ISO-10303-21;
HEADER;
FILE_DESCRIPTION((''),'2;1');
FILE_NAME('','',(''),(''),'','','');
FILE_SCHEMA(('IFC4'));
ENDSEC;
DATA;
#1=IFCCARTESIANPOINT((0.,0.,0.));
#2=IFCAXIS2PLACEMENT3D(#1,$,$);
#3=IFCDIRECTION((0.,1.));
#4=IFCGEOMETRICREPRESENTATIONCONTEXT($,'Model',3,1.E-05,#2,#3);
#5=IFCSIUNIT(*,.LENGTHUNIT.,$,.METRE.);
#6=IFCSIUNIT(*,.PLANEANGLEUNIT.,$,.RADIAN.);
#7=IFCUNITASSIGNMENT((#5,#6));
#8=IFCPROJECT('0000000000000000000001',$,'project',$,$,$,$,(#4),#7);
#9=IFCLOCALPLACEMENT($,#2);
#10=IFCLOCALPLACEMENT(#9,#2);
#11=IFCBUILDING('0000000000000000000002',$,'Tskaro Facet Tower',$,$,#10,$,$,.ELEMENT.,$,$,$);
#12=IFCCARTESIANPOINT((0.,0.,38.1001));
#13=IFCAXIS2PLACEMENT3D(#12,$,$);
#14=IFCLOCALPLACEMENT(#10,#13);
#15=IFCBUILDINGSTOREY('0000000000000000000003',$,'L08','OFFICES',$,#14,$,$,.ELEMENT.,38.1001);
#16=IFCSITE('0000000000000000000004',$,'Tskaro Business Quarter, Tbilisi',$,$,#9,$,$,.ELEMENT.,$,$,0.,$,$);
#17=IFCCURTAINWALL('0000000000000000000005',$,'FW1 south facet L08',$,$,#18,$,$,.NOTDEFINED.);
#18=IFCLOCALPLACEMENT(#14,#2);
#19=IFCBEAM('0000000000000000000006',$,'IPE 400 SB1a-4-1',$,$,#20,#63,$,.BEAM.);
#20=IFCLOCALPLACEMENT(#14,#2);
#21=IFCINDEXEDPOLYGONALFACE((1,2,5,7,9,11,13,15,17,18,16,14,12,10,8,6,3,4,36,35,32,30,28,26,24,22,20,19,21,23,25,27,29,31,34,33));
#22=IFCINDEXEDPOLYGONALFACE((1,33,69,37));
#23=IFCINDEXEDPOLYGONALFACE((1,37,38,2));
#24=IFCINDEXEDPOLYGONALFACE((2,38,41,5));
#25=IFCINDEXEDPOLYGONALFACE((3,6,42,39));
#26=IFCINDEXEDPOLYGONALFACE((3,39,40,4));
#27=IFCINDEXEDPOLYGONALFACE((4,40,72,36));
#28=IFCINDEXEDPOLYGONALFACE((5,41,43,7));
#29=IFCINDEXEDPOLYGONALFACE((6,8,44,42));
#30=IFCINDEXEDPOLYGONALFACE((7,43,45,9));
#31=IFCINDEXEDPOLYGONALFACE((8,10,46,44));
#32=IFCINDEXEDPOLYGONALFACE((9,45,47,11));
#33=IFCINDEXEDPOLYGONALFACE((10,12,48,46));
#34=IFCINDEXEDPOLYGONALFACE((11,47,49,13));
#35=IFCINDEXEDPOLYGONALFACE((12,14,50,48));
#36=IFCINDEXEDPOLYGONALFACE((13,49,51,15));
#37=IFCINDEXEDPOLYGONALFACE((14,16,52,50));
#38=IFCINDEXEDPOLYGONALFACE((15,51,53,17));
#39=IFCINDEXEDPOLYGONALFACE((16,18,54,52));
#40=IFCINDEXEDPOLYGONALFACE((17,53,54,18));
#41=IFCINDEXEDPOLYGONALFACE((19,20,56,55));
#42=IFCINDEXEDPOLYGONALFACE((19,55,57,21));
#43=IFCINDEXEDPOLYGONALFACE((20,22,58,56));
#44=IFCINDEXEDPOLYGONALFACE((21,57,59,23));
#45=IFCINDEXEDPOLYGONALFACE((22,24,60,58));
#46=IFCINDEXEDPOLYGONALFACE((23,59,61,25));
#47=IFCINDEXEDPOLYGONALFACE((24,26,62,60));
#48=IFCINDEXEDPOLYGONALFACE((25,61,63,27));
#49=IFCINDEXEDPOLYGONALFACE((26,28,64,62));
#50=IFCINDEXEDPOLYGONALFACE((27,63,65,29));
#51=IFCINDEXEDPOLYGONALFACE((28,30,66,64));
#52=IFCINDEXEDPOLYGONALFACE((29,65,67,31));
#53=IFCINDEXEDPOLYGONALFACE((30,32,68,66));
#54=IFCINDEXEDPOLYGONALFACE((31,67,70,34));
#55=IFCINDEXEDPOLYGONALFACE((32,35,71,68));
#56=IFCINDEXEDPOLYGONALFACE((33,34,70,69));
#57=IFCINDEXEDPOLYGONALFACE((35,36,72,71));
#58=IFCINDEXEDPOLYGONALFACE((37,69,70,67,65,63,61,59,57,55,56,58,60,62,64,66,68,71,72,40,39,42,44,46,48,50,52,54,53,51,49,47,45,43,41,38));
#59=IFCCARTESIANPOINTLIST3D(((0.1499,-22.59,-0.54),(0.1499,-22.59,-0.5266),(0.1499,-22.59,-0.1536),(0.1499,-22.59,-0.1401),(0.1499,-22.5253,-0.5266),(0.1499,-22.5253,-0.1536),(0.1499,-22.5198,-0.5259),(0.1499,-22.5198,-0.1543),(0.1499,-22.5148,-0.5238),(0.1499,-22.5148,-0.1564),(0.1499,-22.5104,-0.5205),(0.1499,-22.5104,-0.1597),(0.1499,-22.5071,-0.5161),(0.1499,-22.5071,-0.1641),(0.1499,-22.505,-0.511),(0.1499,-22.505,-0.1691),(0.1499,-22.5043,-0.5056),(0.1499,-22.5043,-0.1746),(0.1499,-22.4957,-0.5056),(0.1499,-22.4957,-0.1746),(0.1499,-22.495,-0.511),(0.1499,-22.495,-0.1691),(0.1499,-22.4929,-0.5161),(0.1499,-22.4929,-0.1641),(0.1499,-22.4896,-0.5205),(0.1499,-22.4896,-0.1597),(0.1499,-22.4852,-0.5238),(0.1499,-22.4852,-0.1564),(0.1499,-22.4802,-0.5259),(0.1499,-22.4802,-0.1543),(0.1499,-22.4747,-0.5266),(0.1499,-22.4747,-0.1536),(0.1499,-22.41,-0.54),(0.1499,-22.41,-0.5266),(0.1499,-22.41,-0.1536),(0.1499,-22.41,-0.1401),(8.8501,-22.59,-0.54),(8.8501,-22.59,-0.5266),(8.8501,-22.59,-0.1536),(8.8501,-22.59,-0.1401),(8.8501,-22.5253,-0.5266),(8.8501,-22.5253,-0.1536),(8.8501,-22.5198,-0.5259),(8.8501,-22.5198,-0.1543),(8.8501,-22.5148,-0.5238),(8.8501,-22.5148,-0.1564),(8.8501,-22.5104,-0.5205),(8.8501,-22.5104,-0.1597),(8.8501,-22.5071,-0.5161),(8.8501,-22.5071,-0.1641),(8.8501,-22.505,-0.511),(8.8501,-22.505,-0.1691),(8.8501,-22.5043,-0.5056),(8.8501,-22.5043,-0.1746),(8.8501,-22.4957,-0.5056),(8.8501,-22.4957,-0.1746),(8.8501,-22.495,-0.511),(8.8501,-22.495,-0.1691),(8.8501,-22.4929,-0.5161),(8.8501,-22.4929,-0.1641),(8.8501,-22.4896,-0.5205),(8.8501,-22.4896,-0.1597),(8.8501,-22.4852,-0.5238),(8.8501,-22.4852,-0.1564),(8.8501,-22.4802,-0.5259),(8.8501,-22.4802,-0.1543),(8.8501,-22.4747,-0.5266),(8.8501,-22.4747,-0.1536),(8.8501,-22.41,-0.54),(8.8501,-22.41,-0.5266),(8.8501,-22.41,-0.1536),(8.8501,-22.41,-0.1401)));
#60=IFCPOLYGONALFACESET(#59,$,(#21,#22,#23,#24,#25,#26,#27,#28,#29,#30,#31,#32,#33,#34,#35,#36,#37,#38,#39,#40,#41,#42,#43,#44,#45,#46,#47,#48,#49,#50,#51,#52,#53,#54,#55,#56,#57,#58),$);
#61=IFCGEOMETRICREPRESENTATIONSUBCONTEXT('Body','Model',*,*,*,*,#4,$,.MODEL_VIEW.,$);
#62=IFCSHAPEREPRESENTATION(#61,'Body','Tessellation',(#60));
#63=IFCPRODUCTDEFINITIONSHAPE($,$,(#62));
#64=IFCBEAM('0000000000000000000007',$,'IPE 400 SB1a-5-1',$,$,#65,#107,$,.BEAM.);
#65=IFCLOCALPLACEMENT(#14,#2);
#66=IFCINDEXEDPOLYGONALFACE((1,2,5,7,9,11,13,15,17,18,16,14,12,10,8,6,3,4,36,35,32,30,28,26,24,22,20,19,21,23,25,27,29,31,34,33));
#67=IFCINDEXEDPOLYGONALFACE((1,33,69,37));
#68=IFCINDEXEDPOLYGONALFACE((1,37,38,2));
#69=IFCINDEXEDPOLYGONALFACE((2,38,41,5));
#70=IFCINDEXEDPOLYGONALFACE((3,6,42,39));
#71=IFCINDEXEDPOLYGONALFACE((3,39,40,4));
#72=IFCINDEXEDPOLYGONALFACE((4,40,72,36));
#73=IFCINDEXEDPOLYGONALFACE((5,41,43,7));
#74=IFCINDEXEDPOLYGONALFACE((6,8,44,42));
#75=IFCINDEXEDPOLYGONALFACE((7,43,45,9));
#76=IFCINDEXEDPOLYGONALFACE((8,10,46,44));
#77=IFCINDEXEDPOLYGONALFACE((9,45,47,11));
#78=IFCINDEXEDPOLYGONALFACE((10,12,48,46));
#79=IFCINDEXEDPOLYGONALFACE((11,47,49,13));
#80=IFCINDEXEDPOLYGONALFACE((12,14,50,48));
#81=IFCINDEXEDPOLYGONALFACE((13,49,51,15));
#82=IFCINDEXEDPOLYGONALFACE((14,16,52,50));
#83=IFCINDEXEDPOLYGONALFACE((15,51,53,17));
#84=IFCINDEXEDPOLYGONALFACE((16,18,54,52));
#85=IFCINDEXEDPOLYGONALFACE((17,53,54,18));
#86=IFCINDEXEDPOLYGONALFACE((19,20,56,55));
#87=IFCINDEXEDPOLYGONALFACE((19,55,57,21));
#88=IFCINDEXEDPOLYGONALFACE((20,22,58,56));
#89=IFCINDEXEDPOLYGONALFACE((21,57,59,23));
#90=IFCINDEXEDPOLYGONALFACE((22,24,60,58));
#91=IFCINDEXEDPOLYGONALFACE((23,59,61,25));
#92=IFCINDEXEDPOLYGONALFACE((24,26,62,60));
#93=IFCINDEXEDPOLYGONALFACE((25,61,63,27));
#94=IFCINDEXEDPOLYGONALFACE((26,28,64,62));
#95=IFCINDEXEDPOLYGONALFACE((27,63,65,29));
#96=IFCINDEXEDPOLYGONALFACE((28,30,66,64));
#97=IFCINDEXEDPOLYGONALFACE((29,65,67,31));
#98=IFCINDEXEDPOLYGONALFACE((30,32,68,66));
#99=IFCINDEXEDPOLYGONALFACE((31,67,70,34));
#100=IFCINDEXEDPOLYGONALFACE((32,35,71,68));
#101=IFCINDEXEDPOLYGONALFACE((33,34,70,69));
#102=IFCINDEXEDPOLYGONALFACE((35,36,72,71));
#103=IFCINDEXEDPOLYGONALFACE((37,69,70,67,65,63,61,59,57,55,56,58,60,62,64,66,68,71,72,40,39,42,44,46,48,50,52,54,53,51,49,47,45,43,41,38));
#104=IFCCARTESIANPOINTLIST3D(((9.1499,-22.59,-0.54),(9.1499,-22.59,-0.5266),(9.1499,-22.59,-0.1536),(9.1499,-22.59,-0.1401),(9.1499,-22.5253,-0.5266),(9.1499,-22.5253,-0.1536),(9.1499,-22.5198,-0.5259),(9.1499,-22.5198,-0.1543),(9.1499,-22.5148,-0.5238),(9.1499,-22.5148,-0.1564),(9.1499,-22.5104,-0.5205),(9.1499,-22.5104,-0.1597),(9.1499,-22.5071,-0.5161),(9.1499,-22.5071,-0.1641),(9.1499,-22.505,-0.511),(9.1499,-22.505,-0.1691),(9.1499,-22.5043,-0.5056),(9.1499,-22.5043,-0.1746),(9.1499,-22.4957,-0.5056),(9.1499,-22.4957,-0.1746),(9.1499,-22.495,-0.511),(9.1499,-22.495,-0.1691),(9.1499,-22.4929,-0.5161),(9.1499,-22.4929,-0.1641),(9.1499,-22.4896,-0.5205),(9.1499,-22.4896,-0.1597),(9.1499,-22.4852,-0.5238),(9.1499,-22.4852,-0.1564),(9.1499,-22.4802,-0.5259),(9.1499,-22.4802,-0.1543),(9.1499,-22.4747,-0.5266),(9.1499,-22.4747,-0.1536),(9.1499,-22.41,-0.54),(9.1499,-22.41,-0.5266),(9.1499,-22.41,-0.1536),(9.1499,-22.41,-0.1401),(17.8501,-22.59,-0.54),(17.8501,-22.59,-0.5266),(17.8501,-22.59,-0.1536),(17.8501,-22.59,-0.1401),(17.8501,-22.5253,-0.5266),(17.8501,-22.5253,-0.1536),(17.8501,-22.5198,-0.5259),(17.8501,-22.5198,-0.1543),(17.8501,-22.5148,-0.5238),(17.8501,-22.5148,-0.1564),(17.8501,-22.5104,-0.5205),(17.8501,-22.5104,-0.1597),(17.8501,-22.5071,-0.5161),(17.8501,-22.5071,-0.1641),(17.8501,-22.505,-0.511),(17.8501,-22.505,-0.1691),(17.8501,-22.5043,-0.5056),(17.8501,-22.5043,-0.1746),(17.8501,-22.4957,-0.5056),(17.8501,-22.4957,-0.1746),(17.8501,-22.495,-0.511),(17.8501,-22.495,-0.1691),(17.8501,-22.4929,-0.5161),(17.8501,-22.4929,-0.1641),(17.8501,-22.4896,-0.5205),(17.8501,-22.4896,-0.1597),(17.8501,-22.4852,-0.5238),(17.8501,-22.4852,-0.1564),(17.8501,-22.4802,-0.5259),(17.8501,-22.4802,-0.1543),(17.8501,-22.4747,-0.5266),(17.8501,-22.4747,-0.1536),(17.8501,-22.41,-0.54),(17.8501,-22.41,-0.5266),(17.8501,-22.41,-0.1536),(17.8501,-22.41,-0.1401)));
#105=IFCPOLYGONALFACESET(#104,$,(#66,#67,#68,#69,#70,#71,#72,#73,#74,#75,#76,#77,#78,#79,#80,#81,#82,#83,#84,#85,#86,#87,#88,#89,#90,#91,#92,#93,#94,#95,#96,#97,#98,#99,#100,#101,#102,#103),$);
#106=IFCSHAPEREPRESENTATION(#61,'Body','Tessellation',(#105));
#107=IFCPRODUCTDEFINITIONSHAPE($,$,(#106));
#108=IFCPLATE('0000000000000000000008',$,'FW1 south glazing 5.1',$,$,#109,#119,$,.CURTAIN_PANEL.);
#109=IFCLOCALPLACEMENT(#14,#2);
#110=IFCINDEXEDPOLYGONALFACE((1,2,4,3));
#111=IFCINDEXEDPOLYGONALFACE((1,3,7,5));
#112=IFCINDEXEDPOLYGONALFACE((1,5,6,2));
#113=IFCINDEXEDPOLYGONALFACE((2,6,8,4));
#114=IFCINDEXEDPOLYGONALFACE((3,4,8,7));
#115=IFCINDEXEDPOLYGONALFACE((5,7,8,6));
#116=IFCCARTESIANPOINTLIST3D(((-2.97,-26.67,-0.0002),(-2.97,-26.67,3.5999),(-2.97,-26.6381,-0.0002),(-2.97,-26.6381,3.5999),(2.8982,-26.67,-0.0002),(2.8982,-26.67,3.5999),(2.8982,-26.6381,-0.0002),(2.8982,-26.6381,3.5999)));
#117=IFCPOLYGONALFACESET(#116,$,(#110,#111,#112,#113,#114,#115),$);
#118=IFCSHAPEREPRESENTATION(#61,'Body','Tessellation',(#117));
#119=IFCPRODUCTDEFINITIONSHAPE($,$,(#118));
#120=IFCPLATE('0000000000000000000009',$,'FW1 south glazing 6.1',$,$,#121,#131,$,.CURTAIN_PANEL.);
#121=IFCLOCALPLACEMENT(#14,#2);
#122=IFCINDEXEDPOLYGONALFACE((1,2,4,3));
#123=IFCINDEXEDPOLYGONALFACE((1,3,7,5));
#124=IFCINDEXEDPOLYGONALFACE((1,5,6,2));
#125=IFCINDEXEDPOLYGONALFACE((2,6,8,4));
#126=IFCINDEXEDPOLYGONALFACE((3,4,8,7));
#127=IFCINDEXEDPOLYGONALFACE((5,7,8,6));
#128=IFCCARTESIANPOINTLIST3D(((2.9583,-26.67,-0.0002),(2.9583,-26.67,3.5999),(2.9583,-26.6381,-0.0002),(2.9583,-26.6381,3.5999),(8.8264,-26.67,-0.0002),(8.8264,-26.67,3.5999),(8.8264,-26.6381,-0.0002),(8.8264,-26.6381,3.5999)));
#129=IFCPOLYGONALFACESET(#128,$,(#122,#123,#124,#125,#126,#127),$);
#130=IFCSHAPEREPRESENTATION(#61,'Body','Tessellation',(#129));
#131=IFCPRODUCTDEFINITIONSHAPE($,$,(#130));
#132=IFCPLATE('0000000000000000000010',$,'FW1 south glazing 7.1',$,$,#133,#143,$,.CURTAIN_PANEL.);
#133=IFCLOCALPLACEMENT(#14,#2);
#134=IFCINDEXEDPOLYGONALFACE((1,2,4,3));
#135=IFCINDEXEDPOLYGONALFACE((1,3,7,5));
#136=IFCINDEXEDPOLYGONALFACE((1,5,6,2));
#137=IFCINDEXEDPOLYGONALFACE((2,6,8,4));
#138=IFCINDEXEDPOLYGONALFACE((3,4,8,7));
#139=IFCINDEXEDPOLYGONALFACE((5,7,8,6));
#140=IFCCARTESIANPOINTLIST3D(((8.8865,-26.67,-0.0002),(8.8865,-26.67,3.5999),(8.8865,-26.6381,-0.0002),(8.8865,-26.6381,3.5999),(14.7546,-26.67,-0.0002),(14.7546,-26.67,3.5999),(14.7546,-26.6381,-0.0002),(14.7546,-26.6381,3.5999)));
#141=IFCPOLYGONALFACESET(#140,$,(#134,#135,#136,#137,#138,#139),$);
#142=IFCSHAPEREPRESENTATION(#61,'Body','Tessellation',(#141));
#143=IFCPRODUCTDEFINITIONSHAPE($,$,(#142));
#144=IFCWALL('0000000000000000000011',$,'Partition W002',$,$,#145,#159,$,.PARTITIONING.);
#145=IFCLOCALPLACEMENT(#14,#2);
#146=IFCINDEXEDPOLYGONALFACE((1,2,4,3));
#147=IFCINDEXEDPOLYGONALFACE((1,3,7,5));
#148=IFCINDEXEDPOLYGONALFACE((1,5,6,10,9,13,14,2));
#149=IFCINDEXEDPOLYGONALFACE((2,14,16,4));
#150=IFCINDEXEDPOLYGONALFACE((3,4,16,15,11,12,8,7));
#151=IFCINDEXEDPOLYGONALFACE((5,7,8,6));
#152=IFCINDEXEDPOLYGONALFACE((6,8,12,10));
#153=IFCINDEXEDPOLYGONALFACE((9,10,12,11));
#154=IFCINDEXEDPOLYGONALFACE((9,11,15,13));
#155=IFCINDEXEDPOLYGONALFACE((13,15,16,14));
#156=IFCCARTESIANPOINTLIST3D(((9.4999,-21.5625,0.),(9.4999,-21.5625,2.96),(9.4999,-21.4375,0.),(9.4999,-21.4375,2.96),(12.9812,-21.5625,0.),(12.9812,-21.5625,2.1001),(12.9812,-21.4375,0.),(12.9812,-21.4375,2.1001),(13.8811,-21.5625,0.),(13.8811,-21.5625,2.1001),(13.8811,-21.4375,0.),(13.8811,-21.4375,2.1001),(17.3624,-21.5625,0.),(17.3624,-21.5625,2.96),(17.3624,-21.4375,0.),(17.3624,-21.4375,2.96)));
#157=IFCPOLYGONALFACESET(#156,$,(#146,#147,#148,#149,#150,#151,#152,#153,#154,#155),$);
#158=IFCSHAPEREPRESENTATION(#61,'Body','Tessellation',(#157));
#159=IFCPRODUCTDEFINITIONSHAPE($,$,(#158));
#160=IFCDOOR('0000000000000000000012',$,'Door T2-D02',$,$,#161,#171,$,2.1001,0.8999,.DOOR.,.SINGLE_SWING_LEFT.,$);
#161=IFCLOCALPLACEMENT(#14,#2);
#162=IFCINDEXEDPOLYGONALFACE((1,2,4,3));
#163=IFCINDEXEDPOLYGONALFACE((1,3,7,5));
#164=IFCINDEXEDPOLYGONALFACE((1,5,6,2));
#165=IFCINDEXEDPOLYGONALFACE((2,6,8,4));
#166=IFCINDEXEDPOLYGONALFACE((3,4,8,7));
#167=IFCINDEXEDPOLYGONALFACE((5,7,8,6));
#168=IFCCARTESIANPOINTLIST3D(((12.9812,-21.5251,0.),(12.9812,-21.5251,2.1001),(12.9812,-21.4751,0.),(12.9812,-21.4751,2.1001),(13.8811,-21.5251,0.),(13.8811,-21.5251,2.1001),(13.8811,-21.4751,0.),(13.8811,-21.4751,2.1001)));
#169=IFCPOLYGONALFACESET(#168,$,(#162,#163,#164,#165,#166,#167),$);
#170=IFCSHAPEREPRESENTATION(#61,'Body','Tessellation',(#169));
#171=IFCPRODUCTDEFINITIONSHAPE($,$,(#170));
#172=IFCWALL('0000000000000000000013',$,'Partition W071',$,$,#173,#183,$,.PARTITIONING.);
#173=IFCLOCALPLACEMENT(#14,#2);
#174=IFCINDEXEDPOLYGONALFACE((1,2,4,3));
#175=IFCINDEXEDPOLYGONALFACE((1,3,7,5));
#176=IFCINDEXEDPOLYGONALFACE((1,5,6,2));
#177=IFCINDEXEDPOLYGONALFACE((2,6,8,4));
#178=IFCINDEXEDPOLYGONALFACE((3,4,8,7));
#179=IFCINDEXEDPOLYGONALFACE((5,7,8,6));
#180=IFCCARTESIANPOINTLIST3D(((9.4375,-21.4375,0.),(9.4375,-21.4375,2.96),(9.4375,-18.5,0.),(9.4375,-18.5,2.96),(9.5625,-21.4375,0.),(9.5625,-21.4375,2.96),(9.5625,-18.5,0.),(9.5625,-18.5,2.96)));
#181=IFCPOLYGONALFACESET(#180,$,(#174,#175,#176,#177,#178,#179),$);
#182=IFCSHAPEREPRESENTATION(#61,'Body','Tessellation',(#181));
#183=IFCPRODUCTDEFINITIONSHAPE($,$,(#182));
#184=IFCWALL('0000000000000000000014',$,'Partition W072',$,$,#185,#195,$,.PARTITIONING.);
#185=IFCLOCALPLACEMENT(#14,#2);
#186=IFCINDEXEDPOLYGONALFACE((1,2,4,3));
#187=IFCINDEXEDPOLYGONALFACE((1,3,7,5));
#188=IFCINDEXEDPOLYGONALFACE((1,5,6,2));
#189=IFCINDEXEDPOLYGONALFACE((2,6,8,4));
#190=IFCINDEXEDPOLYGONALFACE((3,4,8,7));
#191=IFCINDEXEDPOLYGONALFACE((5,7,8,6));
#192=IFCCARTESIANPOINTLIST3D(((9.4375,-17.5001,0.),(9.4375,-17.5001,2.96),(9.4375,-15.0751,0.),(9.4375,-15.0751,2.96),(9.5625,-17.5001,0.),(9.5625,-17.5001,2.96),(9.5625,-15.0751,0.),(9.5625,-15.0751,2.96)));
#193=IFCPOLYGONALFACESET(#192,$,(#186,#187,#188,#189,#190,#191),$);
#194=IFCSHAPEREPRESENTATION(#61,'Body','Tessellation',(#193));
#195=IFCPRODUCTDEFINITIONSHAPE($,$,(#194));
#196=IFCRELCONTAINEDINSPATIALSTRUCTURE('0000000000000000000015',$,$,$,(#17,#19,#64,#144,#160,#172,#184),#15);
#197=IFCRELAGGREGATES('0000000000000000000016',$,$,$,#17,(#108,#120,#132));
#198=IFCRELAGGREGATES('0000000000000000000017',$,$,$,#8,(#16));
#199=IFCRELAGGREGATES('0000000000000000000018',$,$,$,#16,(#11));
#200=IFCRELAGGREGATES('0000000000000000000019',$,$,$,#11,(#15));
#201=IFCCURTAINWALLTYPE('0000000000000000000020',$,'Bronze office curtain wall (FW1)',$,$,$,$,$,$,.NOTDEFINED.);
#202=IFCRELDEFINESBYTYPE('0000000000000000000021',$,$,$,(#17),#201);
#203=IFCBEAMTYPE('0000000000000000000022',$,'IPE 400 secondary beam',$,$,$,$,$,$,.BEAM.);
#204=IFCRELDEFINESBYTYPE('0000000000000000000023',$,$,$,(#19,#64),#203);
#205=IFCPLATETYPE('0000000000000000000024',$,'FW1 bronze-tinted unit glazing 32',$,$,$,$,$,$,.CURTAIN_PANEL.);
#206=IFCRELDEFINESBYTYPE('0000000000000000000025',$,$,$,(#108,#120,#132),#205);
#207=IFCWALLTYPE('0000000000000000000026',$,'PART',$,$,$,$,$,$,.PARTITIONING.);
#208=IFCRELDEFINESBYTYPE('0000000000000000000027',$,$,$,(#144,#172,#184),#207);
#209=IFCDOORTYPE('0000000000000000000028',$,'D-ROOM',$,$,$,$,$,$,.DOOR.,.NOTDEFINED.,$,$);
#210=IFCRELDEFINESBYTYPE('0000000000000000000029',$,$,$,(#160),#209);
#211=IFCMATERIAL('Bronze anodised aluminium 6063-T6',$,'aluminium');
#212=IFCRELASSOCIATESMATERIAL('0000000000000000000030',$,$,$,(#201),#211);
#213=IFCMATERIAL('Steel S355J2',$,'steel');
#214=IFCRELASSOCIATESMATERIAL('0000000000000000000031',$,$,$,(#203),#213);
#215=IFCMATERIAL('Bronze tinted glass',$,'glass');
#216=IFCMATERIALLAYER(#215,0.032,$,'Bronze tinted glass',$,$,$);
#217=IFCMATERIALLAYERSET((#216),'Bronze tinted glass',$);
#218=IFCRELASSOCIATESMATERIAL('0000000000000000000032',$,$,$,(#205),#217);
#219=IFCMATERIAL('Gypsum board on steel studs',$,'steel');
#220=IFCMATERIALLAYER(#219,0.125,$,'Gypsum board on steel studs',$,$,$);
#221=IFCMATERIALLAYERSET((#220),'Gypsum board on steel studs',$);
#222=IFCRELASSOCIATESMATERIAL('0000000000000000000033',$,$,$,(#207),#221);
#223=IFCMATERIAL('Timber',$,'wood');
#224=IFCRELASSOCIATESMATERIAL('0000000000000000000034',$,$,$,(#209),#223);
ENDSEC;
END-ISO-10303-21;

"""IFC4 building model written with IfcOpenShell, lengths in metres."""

from ifc_helpers import new_model, si_unit, direction, frame, frame_2d, origin, origin_2d, place, context, subcontext, project, spatial, rectangle, i_section, extrude, material, layer, layer_set, material_profile, profile_set, type_object, element, fill, aggregate, save


model = new_model("IFC4")

# Units and contexts
model_context = context("Model", 3, precision=1e-05, world=origin(), true_north=direction((0.0, 1.0)))
body_context = subcontext(model_context, "Body", "Model", "MODEL_VIEW")
ifc_project = project(units=[si_unit("LENGTHUNIT", "METRE"), si_unit("PLANEANGLEUNIT", "RADIAN")], contexts=[model_context])

# Site, building, storey
site_placement = place(None, origin())
site = spatial("IfcSite", under=ifc_project, at=site_placement, Name="Tskaro Business Quarter, Tbilisi", CompositionType="ELEMENT", RefElevation=0.0)
building_placement = place(site_placement, origin())
building = spatial("IfcBuilding", under=site, at=building_placement, Name="Tskaro Facet Tower", CompositionType="ELEMENT")
storey_placement = place(building_placement, frame((0.0, 0.0, 38.1001)))
storey = spatial("IfcBuildingStorey", under=building, at=storey_placement, Name="L08", Description="OFFICES", CompositionType="ELEMENT", Elevation=38.1001)

# Curtain wall
ifc_material_1 = material(Name="Bronze anodised aluminium 6063-T6", Category="aluminium")
curtain_wall_type = type_object("IfcCurtainWallType", Name="Bronze office curtain wall (FW1)", PredefinedType="NOTDEFINED", material=ifc_material_1)
curtain_wall_placement = place(storey_placement, origin())
curtain_wall = element("IfcCurtainWall", 1, at=curtain_wall_placement, inside=storey, type_object=curtain_wall_type, Name="FW1 south facet L08", PredefinedType="NOTDEFINED")

# Beams
ifc_material_2 = material(Name="Steel S355J2", Category="steel")
ifc_material_profile_1 = material_profile(ifc_material_2, i_section(OverallWidth=0.1799, OverallDepth=0.3999, WebThickness=0.0085, FlangeThickness=0.0134, FilletRadius=0.021, at=origin_2d()), Name="IPE 400")
ifc_profile_set_1 = profile_set([ifc_material_profile_1], Name="Steel S355J2")
beam_type_1 = type_object("IfcBeamType", Name="IPE 400 secondary beam", PredefinedType="BEAM", material=ifc_profile_set_1)
for number, where, z_axis, x_axis, name in (
    (2, (0.1499, -22.5, -0.3401), (1.0, 0.0, 0.0), (0.0, 1.0, 0.0), "IPE 400 SB1a-4-1"),
    (3, (9.1499, -22.5, -0.3401), (1.0, 0.0, 0.0), (0.0, 1.0, 0.0), "IPE 400 SB1a-5-1"),
):
    element("IfcBeam", number, at=place(storey_placement, frame(where, z_axis=z_axis, x_axis=x_axis)), inside=storey, type_object=beam_type_1, Name=name, PredefinedType="BEAM", context=body_context, shape_type="SweptSolid", body=[
        extrude(i_section(OverallWidth=0.1799, OverallDepth=0.3999, WebThickness=0.0085, FlangeThickness=0.0134, FilletRadius=0.021, at=origin_2d()), origin(), (0.0, 0.0, 1.0), 8.7002),
    ])

# Plates
ifc_material_3 = material(Name="Bronze tinted glass", Category="glass")
ifc_layer_1 = layer(ifc_material_3, 0.032, Name="Bronze tinted glass")
ifc_layer_set_1 = layer_set([ifc_layer_1], Name="Bronze tinted glass")
plate_type = type_object("IfcPlateType", Name="FW1 bronze-tinted unit glazing 32", PredefinedType="CURTAIN_PANEL", material=ifc_layer_set_1)
plate_1_placement = place(storey_placement, frame((-0.0359, -26.6541, -0.0002), z_axis=(0.0, 0.0, 1.0), x_axis=(1.0, 0.0, 0.0)))
plate_1 = element("IfcPlate", 4, at=plate_1_placement, type_object=plate_type, Name="FW1 south glazing 5.1", PredefinedType="CURTAIN_PANEL", context=body_context, shape_type="SweptSolid", body=[
    extrude(rectangle(XDim=5.8682, YDim=0.032, at=origin_2d()), origin(), (0.0, 0.0, 1.0), 3.6001),
])
plate_2_placement = place(storey_placement, frame((5.8923, -26.6541, -0.0002), z_axis=(0.0, 0.0, 1.0), x_axis=(1.0, 0.0, 0.0)))
plate_2 = element("IfcPlate", 5, at=plate_2_placement, type_object=plate_type, Name="FW1 south glazing 6.1", PredefinedType="CURTAIN_PANEL", context=body_context, shape_type="SweptSolid", body=[
    extrude(rectangle(XDim=5.8682, YDim=0.032, at=origin_2d()), origin(), (0.0, 0.0, 1.0), 3.6001),
])
plate_3_placement = place(storey_placement, frame((11.8206, -26.6541, -0.0002), z_axis=(0.0, 0.0, 1.0), x_axis=(1.0, 0.0, 0.0)))
plate_3 = element("IfcPlate", 6, at=plate_3_placement, type_object=plate_type, Name="FW1 south glazing 7.1", PredefinedType="CURTAIN_PANEL", context=body_context, shape_type="SweptSolid", body=[
    extrude(rectangle(XDim=5.8682, YDim=0.032, at=origin_2d()), origin(), (0.0, 0.0, 1.0), 3.6001),
])
aggregate(curtain_wall, [plate_1, plate_2, plate_3])

# Wall, opening, door
ifc_material_4 = material(Name="Gypsum board on steel studs", Category="steel")
ifc_layer_2 = layer(ifc_material_4, 0.125, Name="Gypsum board on steel studs")
ifc_layer_set_2 = layer_set([ifc_layer_2], Name="Gypsum board on steel studs")
wall_type = type_object("IfcWallType", Name="PART", PredefinedType="PARTITIONING", material=ifc_layer_set_2)
wall_1_placement = place(storey_placement, frame((9.5, -21.5, 0.0), z_axis=(0.0, 0.0, 1.0), x_axis=(1.0, 0.0, 0.0)))
wall_1 = element("IfcWall", 7, at=wall_1_placement, inside=storey, type_object=wall_type, Name="Partition W002", PredefinedType="PARTITIONING", context=body_context, shape_type="SweptSolid", body=[
    extrude(rectangle(XDim=7.8625, YDim=0.125, at=frame_2d((3.9312, 0.0))), origin(), (0.0, 0.0, 1.0), 2.96),
])
opening_placement = place(wall_1_placement, frame((3.4812, 0.0, 0.0)))
opening = element("IfcOpeningElement", 8, at=opening_placement, cuts=wall_1, PredefinedType="OPENING", context=body_context, shape_type="SweptSolid", body=[
    extrude(rectangle(XDim=0.8999, YDim=2.1001, at=frame_2d((0.45, 1.05))), frame((0.0, 0.0725, 0.0), z_axis=(0.0, -1.0, 0.0), x_axis=(1.0, 0.0, 0.0)), (0.0, 0.0, 1.0), 0.145),
])
ifc_material_5 = material(Name="Timber", Category="wood")
door_type = type_object("IfcDoorType", Name="D-ROOM", OperationType="NOTDEFINED", PredefinedType="DOOR", material=ifc_material_5)
door_placement = place(opening_placement, origin())
door = element("IfcDoor", 9, at=door_placement, inside=storey, type_object=door_type, Name="Door T2-D02", OperationType="SINGLE_SWING_LEFT", OverallHeight=2.1001, OverallWidth=0.8999, PredefinedType="DOOR", context=body_context, shape_type="SweptSolid", body=[
    extrude(rectangle(XDim=0.8999, YDim=2.1001, at=frame_2d((0.45, 1.05))), frame((0.0, 0.0249, 0.0), z_axis=(0.0, -1.0, 0.0), x_axis=(1.0, 0.0, 0.0)), (0.0, 0.0, 1.0), 0.05),
])
fill(opening, door)

# Walls
wall_2_placement = place(storey_placement, frame((9.5, -21.4375, 0.0), z_axis=(0.0, 0.0, 1.0), x_axis=(0.0, 1.0, 0.0)))
element("IfcWall", 10, at=wall_2_placement, inside=storey, type_object=wall_type, Name="Partition W071", PredefinedType="PARTITIONING", context=body_context, shape_type="SweptSolid", body=[
    extrude(rectangle(XDim=2.9375, YDim=0.125, at=frame_2d((1.4688, 0.0))), origin(), (0.0, 0.0, 1.0), 2.96),
])
wall_3_placement = place(storey_placement, frame((9.5, -17.5, 0.0), z_axis=(0.0, 0.0, 1.0), x_axis=(0.0, 1.0, 0.0)))
element("IfcWall", 11, at=wall_3_placement, inside=storey, type_object=wall_type, Name="Partition W072", PredefinedType="PARTITIONING", context=body_context, shape_type="SweptSolid", body=[
    extrude(rectangle(XDim=2.425, YDim=0.125, at=frame_2d((1.2124, 0.0))), origin(), (0.0, 0.0, 1.0), 2.96),
])

save(model, "model.ifc")
